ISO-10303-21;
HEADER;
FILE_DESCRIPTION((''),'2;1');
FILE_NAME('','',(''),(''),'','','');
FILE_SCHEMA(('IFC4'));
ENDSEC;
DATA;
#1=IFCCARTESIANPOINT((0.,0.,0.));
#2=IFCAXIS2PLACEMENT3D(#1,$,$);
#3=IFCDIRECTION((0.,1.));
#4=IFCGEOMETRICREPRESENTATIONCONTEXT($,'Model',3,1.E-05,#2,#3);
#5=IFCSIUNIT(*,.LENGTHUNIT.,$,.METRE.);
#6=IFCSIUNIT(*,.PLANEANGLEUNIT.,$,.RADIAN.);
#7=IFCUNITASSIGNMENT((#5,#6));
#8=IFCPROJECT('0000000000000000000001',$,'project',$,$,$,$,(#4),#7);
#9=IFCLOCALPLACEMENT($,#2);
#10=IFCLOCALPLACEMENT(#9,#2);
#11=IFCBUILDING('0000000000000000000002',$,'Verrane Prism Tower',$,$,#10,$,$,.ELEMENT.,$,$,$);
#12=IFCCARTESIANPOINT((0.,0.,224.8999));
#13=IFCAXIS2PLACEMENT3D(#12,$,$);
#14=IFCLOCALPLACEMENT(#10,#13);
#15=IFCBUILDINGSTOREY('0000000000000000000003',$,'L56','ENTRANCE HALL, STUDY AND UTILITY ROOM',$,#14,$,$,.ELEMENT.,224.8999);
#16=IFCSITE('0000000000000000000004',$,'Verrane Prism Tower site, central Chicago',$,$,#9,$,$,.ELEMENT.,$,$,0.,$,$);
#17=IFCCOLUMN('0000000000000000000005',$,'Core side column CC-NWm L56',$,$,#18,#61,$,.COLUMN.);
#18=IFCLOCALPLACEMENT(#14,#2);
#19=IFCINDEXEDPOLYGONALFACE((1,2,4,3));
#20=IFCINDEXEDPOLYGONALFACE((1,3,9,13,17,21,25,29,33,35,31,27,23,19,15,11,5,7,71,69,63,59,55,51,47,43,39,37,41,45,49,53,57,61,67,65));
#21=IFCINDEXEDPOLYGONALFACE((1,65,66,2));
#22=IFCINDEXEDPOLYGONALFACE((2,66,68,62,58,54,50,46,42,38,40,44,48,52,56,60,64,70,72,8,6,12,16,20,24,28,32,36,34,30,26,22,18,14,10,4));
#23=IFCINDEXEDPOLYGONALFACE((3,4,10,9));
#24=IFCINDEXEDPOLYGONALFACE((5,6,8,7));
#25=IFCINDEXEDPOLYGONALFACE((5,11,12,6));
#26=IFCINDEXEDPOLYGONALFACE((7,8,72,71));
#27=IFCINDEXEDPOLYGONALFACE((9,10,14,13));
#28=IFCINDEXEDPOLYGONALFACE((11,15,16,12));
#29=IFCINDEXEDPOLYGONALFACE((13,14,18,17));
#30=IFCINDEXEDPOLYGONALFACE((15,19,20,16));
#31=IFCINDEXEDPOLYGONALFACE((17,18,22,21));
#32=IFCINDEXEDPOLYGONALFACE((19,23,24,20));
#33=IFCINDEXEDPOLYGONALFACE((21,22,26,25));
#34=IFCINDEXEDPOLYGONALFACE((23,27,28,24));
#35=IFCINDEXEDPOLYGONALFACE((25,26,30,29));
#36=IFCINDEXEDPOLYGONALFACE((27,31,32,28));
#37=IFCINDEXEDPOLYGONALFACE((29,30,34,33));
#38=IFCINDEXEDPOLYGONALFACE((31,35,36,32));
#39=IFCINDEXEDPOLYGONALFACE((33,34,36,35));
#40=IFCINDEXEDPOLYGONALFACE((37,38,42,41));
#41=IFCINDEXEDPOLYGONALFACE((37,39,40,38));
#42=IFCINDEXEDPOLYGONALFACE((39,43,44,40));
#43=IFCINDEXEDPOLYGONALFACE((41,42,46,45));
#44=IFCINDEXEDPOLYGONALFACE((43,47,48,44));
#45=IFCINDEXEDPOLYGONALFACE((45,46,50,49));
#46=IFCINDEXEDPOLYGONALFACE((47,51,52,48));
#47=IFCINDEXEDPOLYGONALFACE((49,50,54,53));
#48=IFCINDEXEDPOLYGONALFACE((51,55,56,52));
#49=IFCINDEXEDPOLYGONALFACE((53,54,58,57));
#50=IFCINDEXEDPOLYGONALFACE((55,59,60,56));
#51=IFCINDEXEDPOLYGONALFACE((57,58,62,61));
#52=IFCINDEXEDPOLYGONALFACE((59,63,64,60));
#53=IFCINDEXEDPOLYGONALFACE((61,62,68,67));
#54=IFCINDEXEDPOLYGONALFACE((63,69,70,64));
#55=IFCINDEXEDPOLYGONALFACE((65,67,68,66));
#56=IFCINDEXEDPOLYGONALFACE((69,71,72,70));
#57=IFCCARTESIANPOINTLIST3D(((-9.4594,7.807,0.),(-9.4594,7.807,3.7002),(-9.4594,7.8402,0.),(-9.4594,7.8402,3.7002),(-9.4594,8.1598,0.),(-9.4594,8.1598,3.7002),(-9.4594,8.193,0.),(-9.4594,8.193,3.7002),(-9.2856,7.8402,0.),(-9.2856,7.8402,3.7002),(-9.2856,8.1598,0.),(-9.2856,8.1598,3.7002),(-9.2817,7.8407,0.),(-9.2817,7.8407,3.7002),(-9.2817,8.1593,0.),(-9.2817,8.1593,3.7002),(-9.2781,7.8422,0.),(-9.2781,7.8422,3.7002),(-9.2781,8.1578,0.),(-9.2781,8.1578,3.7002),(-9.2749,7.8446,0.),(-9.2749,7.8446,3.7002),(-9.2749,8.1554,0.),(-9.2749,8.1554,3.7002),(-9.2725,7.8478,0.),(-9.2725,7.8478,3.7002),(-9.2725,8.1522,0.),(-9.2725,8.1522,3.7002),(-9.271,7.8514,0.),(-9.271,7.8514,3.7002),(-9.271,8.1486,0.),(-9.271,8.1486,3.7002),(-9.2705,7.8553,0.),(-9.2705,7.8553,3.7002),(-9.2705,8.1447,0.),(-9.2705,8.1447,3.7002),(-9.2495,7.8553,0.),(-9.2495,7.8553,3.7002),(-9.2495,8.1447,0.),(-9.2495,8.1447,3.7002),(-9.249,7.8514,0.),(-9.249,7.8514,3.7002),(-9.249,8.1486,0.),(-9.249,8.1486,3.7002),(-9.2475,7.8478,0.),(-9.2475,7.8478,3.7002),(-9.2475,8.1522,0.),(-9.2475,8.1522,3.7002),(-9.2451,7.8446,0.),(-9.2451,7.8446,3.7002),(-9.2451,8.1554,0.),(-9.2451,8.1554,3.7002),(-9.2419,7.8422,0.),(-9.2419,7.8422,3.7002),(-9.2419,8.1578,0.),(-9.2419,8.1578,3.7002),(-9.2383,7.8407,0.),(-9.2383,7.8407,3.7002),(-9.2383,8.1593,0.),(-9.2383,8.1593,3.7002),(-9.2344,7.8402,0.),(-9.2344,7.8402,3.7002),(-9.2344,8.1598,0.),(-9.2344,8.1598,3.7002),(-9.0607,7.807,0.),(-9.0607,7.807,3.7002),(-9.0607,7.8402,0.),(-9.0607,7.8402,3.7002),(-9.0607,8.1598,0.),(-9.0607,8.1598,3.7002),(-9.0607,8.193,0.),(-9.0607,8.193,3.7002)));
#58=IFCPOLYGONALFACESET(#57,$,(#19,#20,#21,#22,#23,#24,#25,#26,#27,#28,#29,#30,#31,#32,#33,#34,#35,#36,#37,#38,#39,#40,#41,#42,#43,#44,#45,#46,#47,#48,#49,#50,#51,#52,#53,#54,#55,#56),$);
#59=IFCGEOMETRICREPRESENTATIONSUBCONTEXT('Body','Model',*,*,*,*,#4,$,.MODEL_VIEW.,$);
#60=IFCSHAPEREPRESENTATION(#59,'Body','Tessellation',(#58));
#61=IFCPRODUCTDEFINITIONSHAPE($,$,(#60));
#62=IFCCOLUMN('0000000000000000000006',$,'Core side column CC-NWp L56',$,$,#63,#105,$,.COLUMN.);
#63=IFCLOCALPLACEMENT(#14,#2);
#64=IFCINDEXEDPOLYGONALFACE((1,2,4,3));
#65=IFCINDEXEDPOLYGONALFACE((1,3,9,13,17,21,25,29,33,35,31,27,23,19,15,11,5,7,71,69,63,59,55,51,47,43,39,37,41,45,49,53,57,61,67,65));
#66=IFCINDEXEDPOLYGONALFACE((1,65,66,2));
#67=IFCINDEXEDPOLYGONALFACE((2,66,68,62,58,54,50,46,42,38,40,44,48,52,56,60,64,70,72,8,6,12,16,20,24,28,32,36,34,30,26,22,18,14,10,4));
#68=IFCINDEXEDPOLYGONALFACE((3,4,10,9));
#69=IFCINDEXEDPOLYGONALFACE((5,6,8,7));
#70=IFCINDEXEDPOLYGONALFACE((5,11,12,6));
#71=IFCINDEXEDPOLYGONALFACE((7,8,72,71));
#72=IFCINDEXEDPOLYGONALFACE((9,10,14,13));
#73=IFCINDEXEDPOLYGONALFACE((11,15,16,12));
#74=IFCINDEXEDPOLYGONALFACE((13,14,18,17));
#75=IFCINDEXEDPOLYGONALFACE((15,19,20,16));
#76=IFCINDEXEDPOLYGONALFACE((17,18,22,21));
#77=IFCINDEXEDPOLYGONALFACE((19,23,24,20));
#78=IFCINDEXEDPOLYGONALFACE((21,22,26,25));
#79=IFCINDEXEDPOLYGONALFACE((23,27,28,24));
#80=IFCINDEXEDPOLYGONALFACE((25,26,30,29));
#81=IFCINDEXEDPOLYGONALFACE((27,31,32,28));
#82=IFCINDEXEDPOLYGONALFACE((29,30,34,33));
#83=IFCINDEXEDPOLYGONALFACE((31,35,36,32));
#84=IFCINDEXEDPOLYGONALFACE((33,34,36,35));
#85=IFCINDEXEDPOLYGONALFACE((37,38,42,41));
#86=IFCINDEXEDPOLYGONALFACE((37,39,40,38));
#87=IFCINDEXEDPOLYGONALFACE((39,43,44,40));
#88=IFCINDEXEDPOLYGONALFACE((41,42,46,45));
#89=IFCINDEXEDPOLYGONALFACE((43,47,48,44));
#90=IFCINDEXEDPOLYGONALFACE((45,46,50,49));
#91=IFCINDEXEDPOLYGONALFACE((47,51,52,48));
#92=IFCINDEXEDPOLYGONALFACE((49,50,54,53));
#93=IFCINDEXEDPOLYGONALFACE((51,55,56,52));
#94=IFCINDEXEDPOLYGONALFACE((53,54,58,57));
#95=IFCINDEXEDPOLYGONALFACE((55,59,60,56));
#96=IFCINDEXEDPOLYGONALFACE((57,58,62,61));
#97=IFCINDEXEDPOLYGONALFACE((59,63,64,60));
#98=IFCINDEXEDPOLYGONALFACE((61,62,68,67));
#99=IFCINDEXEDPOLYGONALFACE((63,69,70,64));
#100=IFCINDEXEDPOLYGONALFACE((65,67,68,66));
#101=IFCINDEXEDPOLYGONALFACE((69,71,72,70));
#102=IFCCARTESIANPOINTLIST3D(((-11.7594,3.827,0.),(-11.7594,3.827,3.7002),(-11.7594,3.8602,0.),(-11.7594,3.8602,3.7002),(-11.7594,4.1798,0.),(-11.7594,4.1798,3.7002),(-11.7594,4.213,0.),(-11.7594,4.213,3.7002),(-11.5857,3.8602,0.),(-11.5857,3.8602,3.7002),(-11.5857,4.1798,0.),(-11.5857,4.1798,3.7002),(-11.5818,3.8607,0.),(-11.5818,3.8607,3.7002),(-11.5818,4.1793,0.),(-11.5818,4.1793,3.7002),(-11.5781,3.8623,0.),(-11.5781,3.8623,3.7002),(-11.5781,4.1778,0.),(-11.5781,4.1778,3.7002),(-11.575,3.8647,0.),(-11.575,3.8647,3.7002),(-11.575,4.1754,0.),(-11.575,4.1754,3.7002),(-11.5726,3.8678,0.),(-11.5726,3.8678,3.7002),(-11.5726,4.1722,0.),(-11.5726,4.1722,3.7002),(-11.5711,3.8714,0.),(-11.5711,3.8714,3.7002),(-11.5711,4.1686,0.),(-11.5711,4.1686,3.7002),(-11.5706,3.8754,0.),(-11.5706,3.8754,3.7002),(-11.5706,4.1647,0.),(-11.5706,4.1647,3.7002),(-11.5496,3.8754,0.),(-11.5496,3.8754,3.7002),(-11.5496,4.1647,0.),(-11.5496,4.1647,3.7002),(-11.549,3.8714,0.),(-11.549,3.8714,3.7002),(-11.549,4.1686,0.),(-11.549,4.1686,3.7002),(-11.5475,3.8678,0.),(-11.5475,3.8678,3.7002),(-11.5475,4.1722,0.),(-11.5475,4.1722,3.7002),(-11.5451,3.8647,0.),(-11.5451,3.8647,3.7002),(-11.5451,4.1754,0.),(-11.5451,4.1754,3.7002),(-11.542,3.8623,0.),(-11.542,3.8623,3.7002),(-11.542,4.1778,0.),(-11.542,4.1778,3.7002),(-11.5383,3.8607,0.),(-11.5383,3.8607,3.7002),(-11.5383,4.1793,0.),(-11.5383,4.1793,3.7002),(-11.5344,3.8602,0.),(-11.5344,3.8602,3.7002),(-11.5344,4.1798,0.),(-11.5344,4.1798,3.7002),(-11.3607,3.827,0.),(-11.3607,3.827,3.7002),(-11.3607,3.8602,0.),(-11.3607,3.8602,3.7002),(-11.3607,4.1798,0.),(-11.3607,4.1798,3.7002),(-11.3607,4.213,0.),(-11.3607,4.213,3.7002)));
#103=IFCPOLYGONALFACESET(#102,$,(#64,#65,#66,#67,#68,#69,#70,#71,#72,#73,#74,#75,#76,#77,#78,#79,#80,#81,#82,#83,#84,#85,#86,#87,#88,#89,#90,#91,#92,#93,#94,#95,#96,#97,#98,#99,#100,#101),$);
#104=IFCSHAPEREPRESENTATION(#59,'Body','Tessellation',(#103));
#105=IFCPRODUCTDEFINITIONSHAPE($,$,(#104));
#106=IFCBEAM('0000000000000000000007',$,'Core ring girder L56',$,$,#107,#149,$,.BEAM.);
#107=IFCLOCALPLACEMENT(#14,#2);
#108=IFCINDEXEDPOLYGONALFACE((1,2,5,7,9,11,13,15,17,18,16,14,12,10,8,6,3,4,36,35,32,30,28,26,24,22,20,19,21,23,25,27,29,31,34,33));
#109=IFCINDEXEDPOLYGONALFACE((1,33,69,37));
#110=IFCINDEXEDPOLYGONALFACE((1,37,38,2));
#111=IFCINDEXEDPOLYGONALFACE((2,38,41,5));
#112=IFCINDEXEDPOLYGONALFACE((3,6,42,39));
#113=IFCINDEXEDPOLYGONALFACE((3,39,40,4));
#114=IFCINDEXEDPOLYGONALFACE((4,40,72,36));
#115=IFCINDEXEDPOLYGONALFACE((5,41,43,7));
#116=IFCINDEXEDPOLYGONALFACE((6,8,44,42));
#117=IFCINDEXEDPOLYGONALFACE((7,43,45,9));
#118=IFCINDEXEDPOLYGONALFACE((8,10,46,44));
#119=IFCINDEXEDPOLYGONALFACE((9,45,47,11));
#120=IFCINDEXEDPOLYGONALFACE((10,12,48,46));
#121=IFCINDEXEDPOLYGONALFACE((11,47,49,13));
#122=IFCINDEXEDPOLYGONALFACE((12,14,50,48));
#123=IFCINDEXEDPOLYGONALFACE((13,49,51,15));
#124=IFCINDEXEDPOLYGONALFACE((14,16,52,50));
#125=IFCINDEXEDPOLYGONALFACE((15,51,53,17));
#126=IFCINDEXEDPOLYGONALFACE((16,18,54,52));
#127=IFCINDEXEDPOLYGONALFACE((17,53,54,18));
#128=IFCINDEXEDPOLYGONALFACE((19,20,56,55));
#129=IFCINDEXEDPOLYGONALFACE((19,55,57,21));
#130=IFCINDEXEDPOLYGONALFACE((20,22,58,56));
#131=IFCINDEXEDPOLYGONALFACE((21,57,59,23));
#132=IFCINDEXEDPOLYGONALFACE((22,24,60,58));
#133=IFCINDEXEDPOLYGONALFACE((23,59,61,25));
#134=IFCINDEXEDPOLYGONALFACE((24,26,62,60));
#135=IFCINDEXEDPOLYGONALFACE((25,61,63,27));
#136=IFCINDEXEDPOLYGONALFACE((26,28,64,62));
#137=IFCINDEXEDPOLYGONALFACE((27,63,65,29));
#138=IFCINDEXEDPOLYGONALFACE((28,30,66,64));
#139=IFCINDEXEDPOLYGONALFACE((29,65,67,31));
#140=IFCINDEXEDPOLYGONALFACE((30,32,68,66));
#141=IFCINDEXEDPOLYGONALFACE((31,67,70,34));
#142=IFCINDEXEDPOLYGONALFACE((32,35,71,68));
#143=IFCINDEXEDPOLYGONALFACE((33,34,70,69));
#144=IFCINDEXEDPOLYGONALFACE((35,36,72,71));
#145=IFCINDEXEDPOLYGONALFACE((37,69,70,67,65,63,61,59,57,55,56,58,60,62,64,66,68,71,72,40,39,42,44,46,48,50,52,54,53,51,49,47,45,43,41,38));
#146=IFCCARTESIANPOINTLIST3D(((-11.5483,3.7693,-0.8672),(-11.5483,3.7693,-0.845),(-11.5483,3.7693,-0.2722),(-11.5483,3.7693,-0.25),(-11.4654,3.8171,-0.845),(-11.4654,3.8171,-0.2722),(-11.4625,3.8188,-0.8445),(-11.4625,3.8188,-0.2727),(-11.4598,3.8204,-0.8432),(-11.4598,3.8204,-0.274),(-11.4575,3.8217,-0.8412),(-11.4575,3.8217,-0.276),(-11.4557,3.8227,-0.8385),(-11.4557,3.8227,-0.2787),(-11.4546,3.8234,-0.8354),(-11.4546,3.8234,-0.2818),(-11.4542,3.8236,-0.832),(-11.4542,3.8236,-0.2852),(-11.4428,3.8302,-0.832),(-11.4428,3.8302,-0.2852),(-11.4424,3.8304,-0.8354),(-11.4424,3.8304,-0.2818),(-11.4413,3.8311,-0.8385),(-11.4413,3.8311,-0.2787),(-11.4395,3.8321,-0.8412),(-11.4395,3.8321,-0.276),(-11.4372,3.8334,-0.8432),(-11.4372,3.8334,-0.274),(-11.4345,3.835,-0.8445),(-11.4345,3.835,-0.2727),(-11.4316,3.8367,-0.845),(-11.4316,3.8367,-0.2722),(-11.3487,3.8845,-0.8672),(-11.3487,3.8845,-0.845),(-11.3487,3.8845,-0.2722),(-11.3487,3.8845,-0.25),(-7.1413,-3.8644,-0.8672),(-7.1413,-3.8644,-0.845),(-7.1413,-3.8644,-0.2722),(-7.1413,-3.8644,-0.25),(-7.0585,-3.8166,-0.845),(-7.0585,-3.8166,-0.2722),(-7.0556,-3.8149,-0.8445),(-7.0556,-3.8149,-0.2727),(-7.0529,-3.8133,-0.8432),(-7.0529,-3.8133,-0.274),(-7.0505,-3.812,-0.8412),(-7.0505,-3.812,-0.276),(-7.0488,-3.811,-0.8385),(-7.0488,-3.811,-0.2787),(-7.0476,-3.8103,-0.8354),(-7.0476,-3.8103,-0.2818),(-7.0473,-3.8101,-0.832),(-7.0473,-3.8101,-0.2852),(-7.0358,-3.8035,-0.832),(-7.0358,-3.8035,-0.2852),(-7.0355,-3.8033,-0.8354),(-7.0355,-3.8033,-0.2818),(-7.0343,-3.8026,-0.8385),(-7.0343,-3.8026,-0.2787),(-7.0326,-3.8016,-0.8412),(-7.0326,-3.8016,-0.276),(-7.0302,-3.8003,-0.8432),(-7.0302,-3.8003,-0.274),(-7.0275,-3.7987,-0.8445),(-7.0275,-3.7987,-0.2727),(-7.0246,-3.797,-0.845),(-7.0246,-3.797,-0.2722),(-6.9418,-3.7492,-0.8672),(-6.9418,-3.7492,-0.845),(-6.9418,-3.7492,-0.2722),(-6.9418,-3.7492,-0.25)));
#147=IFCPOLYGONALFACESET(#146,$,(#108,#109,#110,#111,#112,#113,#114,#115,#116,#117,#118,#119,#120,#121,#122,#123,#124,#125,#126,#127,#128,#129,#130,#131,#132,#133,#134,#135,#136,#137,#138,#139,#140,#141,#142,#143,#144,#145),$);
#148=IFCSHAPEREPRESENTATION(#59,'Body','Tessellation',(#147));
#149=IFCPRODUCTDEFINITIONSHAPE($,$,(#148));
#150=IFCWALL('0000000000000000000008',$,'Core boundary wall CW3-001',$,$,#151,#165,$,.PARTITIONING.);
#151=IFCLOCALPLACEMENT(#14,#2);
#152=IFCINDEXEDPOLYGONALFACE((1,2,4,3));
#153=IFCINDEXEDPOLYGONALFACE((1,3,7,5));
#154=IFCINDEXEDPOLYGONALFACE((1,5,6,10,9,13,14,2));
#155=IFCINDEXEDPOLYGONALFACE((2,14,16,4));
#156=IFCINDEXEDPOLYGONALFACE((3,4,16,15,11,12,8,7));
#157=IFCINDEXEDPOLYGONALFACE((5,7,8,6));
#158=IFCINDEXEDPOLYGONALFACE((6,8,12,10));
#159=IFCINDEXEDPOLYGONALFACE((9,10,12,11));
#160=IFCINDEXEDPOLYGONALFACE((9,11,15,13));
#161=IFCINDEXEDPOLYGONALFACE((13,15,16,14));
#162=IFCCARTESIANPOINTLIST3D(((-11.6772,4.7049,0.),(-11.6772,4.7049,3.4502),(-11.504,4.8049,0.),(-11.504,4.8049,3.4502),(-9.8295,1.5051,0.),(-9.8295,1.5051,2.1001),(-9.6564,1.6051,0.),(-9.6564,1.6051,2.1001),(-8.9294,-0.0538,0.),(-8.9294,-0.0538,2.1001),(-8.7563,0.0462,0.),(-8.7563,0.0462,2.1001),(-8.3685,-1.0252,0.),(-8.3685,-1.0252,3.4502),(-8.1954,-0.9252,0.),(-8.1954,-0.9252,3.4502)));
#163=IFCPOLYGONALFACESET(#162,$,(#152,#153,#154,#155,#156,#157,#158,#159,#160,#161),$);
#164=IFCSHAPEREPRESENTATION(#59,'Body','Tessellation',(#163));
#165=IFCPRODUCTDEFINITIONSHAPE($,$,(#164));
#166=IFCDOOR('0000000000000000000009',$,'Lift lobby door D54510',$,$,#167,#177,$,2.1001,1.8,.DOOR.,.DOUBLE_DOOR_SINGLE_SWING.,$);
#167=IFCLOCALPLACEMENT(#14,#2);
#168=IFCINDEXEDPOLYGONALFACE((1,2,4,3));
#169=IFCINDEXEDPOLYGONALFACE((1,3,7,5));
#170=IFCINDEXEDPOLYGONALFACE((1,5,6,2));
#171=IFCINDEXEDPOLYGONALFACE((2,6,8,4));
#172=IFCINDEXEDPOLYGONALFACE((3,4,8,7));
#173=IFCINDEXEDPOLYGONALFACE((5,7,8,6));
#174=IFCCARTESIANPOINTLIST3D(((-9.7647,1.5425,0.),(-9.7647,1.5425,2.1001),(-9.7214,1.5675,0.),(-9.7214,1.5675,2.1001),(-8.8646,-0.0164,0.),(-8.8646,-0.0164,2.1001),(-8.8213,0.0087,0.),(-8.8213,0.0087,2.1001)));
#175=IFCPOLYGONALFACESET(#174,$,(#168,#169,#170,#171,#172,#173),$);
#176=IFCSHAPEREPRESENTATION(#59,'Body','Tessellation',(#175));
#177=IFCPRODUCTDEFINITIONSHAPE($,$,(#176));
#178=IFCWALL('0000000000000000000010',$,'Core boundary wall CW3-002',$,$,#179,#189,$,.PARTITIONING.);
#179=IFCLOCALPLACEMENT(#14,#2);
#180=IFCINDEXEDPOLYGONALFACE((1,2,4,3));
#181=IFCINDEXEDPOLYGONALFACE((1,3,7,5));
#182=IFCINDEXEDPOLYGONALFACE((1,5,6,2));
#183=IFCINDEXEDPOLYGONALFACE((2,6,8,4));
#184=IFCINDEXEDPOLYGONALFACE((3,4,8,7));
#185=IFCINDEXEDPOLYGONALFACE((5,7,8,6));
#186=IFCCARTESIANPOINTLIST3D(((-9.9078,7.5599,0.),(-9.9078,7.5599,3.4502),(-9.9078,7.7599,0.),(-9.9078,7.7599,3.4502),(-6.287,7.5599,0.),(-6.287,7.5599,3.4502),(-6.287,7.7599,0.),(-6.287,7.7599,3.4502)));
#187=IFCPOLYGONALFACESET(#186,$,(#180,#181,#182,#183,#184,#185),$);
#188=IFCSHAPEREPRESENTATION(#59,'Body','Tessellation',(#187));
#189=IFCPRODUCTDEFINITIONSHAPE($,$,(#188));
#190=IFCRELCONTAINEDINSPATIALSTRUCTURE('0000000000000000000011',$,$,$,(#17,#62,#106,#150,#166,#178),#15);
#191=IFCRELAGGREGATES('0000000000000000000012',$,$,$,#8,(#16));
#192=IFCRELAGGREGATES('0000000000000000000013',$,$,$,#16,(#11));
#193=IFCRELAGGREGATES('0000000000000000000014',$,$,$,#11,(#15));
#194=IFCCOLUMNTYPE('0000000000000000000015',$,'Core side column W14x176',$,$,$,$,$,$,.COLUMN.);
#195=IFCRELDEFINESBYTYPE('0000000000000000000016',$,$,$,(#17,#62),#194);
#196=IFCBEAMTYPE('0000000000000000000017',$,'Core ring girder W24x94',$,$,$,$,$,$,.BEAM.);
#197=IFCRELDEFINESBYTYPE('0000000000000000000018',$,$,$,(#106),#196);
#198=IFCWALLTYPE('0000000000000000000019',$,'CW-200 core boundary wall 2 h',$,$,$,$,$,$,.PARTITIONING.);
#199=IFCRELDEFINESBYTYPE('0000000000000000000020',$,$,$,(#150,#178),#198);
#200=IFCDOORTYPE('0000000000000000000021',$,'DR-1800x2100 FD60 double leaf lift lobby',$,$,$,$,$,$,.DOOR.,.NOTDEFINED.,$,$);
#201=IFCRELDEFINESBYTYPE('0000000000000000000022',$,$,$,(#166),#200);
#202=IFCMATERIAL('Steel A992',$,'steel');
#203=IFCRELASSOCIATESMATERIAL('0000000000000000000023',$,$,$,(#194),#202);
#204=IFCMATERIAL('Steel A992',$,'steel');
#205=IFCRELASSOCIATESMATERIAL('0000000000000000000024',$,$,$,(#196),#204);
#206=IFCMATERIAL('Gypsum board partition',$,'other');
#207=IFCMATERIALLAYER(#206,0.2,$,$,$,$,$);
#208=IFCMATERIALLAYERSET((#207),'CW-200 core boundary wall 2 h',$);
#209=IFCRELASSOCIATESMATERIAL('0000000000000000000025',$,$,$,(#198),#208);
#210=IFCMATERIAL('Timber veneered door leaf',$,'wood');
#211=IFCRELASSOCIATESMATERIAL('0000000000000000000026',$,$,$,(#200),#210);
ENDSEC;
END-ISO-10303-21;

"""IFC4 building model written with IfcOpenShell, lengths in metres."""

from ifc_helpers import new_model, si_unit, direction, frame, frame_2d, origin, origin_2d, place, context, subcontext, project, spatial, rectangle, i_section, extrude, material, layer, layer_set, material_profile, profile_set, type_object, element, fill, save


model = new_model("IFC4")

# Units and contexts
model_context = context("Model", 3, precision=1e-05, world=origin(), true_north=direction((0.0, 1.0)))
body_context = subcontext(model_context, "Body", "Model", "MODEL_VIEW")
ifc_project = project(units=[si_unit("LENGTHUNIT", "METRE"), si_unit("PLANEANGLEUNIT", "RADIAN")], contexts=[model_context])

# Site, building, storey
site_placement = place(None, origin())
site = spatial("IfcSite", under=ifc_project, at=site_placement, Name="Verrane Prism Tower site, central Chicago", CompositionType="ELEMENT", RefElevation=0.0)
building_placement = place(site_placement, origin())
building = spatial("IfcBuilding", under=site, at=building_placement, Name="Verrane Prism Tower", CompositionType="ELEMENT")
storey_placement = place(building_placement, frame((0.0, 0.0, 224.8999)))
storey = spatial("IfcBuildingStorey", under=building, at=storey_placement, Name="L56", Description="ENTRANCE HALL, STUDY AND UTILITY ROOM", CompositionType="ELEMENT", Elevation=224.8999)

# Columns
ifc_material_1 = material(Name="Steel A992", Category="steel")
ifc_material_profile_1 = material_profile(ifc_material_1, i_section(OverallWidth=0.3987, OverallDepth=0.386, WebThickness=0.021, FlangeThickness=0.0332, FilletRadius=0.0151, at=origin_2d()), Name="W14x176")
ifc_profile_set_1 = profile_set([ifc_material_profile_1], Name="Steel A992")
column_type = type_object("IfcColumnType", Name="Core side column W14x176", PredefinedType="COLUMN", material=ifc_profile_set_1)
for number, where, z_axis, x_axis, name in (
    (1, (-9.26, 8.0, 0.0), (0.0, 0.0, 1.0), (1.0, 0.0, 0.0), "Core side column CC-NWm L56"),
    (2, (-11.5601, 4.02, 0.0), (0.0, 0.0, 1.0), (1.0, 0.0, 0.0), "Core side column CC-NWp L56"),
):
    element("IfcColumn", number, at=place(storey_placement, frame(where, z_axis=z_axis, x_axis=x_axis)), inside=storey, type_object=column_type, Name=name, PredefinedType="COLUMN", context=body_context, shape_type="SweptSolid", body=[
        extrude(i_section(OverallWidth=0.3987, OverallDepth=0.386, WebThickness=0.021, FlangeThickness=0.0332, FilletRadius=0.0151, at=origin_2d()), origin(), (0.0, 0.0, 1.0), 3.7002),
    ])

# Beam
ifc_material_2 = material(Name="Steel A992", Category="steel")
ifc_material_profile_2 = material_profile(ifc_material_2, i_section(OverallWidth=0.2305, OverallDepth=0.6172, WebThickness=0.0132, FlangeThickness=0.0222, FilletRadius=0.0129, at=origin_2d()), Name="W24x94")
ifc_profile_set_2 = profile_set([ifc_material_profile_2], Name="Steel A992")
beam_type = type_object("IfcBeamType", Name="Core ring girder W24x94", PredefinedType="BEAM", material=ifc_profile_set_2)
beam_placement = place(storey_placement, frame((-11.4485, 3.8269, -0.5586), z_axis=(0.499967, -0.866044, 0.0), x_axis=(0.866044, 0.499967, 0.0)))
element("IfcBeam", 3, at=beam_placement, inside=storey, type_object=beam_type, Name="Core ring girder L56", PredefinedType="BEAM", context=body_context, shape_type="SweptSolid", body=[
    extrude(i_section(OverallWidth=0.2305, OverallDepth=0.6172, WebThickness=0.0132, FlangeThickness=0.0222, FilletRadius=0.0129, at=origin_2d()), origin(), (0.0, 0.0, 1.0), 8.8145),
])

# Wall, opening, door
ifc_material_3 = material(Name="Gypsum board partition", Category="other")
ifc_layer_1 = layer(ifc_material_3, 0.2)
ifc_layer_set_1 = layer_set([ifc_layer_1], Name="CW-200 core boundary wall 2 h")
wall_type_1 = type_object("IfcWallType", Name="CW-200 core boundary wall 2 h", PredefinedType="PARTITIONING", material=ifc_layer_set_1)
wall_1_placement = place(storey_placement, frame((-11.5906, 4.7549, 0.0), z_axis=(0.0, 0.0, 1.0), x_axis=(0.500044, -0.866, 0.0)))
wall_1 = element("IfcWall", 4, at=wall_1_placement, inside=storey, type_object=wall_type_1, Name="Core boundary wall CW3-001", PredefinedType="PARTITIONING", context=body_context, shape_type="SweptSolid", body=[
    extrude(rectangle(XDim=6.6167, YDim=0.2, at=frame_2d((3.3083, 0.0))), origin(), (0.0, 0.0, 1.0), 3.4502),
])
opening_1_placement = place(wall_1_placement, frame((3.6951, 0.0, 0.0)))
opening_1 = element("IfcOpeningElement", 5, at=opening_1_placement, cuts=wall_1, PredefinedType="OPENING", context=body_context, shape_type="SweptSolid", body=[
    extrude(rectangle(XDim=1.8, YDim=2.1001, at=frame_2d((0.8999, 1.05))), frame((0.0, 0.1099, 0.0), z_axis=(0.0, -1.0, 0.0), x_axis=(1.0, 0.0, 0.0)), (0.0, 0.0, 1.0), 0.22),
])
ifc_material_4 = material(Name="Timber veneered door leaf", Category="wood")
door_type_1 = type_object("IfcDoorType", Name="DR-1800x2100 FD60 double leaf lift lobby", OperationType="NOTDEFINED", PredefinedType="DOOR", material=ifc_material_4)
door_1_placement = place(opening_1_placement, origin())
door_1 = element("IfcDoor", 6, at=door_1_placement, inside=storey, type_object=door_type_1, Name="Lift lobby door D54510", OperationType="DOUBLE_DOOR_SINGLE_SWING", OverallHeight=2.1001, OverallWidth=1.8, PredefinedType="DOOR", context=body_context, shape_type="SweptSolid", body=[
    extrude(rectangle(XDim=1.8, YDim=2.1001, at=frame_2d((0.8999, 1.05))), frame((0.0, 0.0249, 0.0), z_axis=(0.0, -1.0, 0.0), x_axis=(1.0, 0.0, 0.0)), (0.0, 0.0, 1.0), 0.05),
])
fill(opening_1, door_1)

# Wall
wall_2_placement = place(storey_placement, frame((-9.908, 7.6599, 0.0), z_axis=(0.0, 0.0, 1.0), x_axis=(1.0, 0.0, 0.0)))
element("IfcWall", 7, at=wall_2_placement, inside=storey, type_object=wall_type_1, Name="Core boundary wall CW3-002", PredefinedType="PARTITIONING", context=body_context, shape_type="SweptSolid", body=[
    extrude(rectangle(XDim=3.6208, YDim=0.2, at=frame_2d((1.8105, 0.0))), origin(), (0.0, 0.0, 1.0), 3.4502),
])

save(model, "model.ifc")
